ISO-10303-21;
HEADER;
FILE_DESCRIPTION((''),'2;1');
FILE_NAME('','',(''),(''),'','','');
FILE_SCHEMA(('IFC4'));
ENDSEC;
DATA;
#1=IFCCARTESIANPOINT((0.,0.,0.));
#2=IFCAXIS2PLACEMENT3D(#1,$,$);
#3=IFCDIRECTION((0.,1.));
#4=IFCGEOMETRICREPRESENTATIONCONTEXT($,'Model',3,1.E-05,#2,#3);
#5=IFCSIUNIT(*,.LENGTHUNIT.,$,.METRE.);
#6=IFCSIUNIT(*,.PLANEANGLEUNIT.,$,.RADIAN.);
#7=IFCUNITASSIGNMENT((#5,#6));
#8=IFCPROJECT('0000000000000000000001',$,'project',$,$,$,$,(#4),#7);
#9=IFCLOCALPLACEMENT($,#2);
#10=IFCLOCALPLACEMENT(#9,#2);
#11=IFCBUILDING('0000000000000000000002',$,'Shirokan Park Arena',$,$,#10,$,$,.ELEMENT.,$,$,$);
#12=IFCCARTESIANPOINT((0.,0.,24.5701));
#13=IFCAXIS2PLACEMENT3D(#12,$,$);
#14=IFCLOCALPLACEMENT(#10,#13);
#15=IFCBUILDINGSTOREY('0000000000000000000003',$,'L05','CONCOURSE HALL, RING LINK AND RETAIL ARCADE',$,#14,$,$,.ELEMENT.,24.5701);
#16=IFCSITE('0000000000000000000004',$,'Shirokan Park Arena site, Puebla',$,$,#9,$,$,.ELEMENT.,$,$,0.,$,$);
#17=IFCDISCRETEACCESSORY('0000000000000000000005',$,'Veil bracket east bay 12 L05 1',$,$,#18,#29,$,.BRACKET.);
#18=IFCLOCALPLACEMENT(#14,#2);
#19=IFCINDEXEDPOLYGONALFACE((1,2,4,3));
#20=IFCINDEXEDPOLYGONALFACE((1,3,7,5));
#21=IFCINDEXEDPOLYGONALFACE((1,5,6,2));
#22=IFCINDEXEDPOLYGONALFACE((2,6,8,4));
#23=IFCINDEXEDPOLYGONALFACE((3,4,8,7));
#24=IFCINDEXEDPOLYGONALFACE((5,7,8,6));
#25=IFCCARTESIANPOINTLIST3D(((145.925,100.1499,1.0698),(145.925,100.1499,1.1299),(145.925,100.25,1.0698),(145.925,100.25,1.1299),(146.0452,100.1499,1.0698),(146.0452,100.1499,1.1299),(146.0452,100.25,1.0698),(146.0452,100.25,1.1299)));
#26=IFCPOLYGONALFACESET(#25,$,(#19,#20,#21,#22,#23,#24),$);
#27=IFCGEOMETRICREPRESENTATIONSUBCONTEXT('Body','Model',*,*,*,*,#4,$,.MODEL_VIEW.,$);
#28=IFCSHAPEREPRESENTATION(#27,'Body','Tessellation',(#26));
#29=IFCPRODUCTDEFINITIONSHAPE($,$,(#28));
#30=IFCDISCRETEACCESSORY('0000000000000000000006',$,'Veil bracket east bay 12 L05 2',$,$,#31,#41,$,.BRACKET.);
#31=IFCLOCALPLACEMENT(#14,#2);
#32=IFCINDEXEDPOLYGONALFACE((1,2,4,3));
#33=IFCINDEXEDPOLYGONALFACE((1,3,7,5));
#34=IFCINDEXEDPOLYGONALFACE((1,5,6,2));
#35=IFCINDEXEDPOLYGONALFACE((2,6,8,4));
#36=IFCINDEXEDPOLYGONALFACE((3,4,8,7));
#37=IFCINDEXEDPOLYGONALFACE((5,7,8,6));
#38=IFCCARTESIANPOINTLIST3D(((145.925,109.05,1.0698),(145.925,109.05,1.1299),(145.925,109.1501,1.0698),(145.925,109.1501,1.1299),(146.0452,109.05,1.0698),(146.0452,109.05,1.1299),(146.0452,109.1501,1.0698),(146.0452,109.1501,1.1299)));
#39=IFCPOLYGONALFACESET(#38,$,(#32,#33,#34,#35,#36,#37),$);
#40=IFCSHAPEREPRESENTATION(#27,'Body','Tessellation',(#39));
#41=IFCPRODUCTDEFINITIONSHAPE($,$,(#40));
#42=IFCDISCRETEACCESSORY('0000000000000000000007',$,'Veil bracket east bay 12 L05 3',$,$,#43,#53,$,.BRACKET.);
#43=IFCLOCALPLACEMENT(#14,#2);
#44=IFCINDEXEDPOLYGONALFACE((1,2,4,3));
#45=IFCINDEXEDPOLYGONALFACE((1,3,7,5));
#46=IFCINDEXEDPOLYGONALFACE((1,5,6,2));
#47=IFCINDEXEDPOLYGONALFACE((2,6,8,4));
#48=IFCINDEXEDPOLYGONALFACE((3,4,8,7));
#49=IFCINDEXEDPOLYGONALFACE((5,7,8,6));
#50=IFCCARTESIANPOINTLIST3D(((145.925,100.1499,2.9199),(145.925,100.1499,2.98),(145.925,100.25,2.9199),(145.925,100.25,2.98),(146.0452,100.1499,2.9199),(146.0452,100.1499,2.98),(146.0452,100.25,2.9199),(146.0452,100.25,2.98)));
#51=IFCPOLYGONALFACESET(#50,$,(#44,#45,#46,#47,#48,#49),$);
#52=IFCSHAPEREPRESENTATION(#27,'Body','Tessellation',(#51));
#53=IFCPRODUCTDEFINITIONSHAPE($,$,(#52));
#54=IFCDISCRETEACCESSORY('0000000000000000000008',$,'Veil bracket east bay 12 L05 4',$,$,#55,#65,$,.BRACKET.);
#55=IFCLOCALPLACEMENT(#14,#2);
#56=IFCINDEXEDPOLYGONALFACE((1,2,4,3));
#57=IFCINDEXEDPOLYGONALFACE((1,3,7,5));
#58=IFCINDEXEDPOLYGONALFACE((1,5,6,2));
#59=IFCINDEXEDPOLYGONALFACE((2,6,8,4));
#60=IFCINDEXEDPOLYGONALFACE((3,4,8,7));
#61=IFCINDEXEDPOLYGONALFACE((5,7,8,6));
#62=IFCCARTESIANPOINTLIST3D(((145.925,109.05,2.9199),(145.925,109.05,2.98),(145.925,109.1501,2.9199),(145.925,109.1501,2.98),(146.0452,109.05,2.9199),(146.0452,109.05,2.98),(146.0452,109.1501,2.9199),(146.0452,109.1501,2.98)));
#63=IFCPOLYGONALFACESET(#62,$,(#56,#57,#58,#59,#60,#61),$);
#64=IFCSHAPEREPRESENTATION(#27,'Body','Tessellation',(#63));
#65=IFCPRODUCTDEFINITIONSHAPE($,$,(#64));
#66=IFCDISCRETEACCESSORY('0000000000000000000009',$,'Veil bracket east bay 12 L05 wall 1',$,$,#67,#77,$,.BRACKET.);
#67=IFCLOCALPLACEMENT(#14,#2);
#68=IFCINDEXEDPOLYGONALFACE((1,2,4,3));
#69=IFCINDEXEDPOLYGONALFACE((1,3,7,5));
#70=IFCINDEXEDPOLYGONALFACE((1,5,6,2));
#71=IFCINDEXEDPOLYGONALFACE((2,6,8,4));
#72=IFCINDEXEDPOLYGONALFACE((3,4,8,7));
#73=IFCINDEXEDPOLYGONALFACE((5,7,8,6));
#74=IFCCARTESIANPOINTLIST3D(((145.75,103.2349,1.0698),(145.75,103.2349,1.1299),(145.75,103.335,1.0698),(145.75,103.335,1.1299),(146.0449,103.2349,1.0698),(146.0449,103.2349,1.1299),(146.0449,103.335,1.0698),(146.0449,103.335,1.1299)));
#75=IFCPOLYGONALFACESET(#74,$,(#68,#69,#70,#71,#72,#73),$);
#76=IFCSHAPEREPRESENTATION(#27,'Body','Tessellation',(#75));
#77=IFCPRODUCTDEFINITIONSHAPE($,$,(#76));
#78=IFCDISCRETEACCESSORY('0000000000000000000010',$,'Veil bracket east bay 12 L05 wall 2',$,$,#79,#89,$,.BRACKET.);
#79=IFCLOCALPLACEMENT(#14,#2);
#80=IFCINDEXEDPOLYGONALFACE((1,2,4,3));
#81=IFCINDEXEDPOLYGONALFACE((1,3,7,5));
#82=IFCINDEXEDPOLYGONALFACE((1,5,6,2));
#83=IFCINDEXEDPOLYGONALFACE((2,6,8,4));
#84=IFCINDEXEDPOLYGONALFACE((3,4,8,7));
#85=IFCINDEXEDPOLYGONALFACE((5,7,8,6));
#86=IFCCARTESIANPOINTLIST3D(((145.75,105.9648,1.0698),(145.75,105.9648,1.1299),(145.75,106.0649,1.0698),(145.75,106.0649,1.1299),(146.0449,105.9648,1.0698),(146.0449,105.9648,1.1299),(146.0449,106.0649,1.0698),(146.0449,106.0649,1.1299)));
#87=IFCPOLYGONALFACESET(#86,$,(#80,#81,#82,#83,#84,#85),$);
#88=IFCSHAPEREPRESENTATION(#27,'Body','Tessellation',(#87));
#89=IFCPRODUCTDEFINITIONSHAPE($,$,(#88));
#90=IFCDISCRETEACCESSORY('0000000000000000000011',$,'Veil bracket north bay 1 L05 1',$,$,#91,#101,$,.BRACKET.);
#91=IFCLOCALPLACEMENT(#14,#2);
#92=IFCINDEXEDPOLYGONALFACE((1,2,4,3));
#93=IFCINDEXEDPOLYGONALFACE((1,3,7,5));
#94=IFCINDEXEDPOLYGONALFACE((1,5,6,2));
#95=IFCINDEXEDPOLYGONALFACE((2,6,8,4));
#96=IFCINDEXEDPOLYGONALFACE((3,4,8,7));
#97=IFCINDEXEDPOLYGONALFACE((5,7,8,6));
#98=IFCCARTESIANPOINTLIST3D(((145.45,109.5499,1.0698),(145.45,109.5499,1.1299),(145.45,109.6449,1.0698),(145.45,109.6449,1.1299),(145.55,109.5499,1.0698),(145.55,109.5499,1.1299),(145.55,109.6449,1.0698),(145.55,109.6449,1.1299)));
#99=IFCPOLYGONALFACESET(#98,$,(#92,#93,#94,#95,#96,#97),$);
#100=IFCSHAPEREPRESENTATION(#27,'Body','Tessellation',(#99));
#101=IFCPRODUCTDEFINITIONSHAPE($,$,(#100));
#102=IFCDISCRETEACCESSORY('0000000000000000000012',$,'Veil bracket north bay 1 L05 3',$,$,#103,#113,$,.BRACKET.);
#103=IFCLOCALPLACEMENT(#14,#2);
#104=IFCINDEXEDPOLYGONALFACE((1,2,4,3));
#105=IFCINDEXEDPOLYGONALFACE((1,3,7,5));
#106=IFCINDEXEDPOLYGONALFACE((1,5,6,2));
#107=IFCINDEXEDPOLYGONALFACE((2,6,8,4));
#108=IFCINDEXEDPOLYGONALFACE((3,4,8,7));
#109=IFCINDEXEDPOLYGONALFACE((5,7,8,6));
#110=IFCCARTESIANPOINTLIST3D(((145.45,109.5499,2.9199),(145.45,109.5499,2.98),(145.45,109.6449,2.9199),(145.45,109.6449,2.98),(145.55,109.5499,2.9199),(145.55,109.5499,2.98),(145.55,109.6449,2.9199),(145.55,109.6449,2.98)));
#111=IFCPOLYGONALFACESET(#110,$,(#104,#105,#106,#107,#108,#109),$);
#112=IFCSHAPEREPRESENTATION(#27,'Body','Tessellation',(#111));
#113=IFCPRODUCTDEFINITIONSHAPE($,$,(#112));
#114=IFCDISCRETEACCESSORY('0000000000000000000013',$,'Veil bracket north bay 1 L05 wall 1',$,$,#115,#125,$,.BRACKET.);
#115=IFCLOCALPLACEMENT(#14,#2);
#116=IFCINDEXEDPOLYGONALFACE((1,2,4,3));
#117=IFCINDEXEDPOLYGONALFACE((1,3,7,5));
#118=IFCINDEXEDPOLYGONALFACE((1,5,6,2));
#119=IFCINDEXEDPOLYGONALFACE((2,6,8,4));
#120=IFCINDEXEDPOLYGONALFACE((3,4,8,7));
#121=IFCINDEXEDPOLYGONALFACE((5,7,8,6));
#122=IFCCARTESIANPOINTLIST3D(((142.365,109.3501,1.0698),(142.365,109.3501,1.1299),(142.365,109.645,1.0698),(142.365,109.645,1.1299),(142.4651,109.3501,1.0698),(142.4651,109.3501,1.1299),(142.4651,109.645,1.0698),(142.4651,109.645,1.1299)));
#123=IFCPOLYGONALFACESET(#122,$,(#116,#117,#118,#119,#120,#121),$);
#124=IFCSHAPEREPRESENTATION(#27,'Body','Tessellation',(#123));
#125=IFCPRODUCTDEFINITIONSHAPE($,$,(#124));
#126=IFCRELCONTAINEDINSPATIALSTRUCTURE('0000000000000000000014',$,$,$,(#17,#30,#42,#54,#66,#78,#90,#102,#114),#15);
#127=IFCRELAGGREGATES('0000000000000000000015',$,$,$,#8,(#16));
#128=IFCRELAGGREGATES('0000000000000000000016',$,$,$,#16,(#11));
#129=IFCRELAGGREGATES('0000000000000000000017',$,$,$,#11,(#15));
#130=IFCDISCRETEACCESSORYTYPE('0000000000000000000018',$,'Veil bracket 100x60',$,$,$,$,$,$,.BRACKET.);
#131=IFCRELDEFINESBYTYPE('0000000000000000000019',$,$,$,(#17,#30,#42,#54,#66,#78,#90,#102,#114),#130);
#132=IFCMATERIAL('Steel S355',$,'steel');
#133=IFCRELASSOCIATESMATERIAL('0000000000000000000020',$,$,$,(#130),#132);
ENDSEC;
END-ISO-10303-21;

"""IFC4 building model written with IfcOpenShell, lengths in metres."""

from ifc_helpers import new_model, si_unit, direction, frame, origin, origin_2d, place, context, subcontext, project, spatial, rectangle, extrude, material, type_object, element, save


model = new_model("IFC4")

# Units and contexts
model_context = context("Model", 3, precision=1e-05, world=origin(), true_north=direction((0.0, 1.0)))
body_context = subcontext(model_context, "Body", "Model", "MODEL_VIEW")
ifc_project = project(units=[si_unit("LENGTHUNIT", "METRE"), si_unit("PLANEANGLEUNIT", "RADIAN")], contexts=[model_context])

# Site, building, storey
site_placement = place(None, origin())
site = spatial("IfcSite", under=ifc_project, at=site_placement, Name="Shirokan Park Arena site, Puebla", CompositionType="ELEMENT", RefElevation=0.0)
building_placement = place(site_placement, origin())
building = spatial("IfcBuilding", under=site, at=building_placement, Name="Shirokan Park Arena", CompositionType="ELEMENT")
storey_placement = place(building_placement, frame((0.0, 0.0, 24.5701)))
storey = spatial("IfcBuildingStorey", under=building, at=storey_placement, Name="L05", Description="CONCOURSE HALL, RING LINK AND RETAIL ARCADE", CompositionType="ELEMENT", Elevation=24.5701)

# Discrete accessories
ifc_material_1 = material(Name="Steel S355", Category="steel")
discrete_accessory_type = type_object("IfcDiscreteAccessoryType", Name="Veil bracket 100x60", PredefinedType="BRACKET", material=ifc_material_1)
for number, where, z_axis, x_axis, name in (
    (1, (145.9851, 100.2, 1.0698), (0.0, 0.0, 1.0), (0.0, 1.0, 0.0), "Veil bracket east bay 12 L05 1"),
    (2, (145.9851, 109.1001, 1.0698), (0.0, 0.0, 1.0), (0.0, 1.0, 0.0), "Veil bracket east bay 12 L05 2"),
    (3, (145.9851, 100.2, 2.9199), (0.0, 0.0, 1.0), (0.0, 1.0, 0.0), "Veil bracket east bay 12 L05 3"),
    (4, (145.9851, 109.1001, 2.9199), (0.0, 0.0, 1.0), (0.0, 1.0, 0.0), "Veil bracket east bay 12 L05 4"),
):
    element("IfcDiscreteAccessory", number, at=place(storey_placement, frame(where, z_axis=z_axis, x_axis=x_axis)), inside=storey, type_object=discrete_accessory_type, Name=name, PredefinedType="BRACKET", context=body_context, shape_type="SweptSolid", body=[
        extrude(rectangle(XDim=0.1001, YDim=0.1201, at=origin_2d()), origin(), (0.0, 0.0, 1.0), 0.0601),
    ])
for number, where, z_axis, x_axis, name in (
    (5, (145.8975, 103.2849, 1.0698), (0.0, 0.0, 1.0), (0.0, 1.0, 0.0), "Veil bracket east bay 12 L05 wall 1"),
    (6, (145.8975, 106.0149, 1.0698), (0.0, 0.0, 1.0), (0.0, 1.0, 0.0), "Veil bracket east bay 12 L05 wall 2"),
):
    element("IfcDiscreteAccessory", number, at=place(storey_placement, frame(where, z_axis=z_axis, x_axis=x_axis)), inside=storey, type_object=discrete_accessory_type, Name=name, PredefinedType="BRACKET", context=body_context, shape_type="SweptSolid", body=[
        extrude(rectangle(XDim=0.1001, YDim=0.2949, at=origin_2d()), origin(), (0.0, 0.0, 1.0), 0.0601),
    ])
for number, where, z_axis, x_axis, name in (
    (7, (145.5, 109.5974, 1.0698), (0.0, 0.0, 1.0), (-1.0, 0.0, 0.0), "Veil bracket north bay 1 L05 1"),
    (8, (145.5, 109.5974, 2.9199), (0.0, 0.0, 1.0), (-1.0, 0.0, 0.0), "Veil bracket north bay 1 L05 3"),
):
    element("IfcDiscreteAccessory", number, at=place(storey_placement, frame(where, z_axis=z_axis, x_axis=x_axis)), inside=storey, type_object=discrete_accessory_type, Name=name, PredefinedType="BRACKET", context=body_context, shape_type="SweptSolid", body=[
        extrude(rectangle(XDim=0.1001, YDim=0.095, at=origin_2d()), origin(), (0.0, 0.0, 1.0), 0.0601),
    ])
discrete_accessory_placement = place(storey_placement, frame((142.415, 109.4976, 1.0698), z_axis=(0.0, 0.0, 1.0), x_axis=(-1.0, 0.0, 0.0)))
element("IfcDiscreteAccessory", 9, at=discrete_accessory_placement, inside=storey, type_object=discrete_accessory_type, Name="Veil bracket north bay 1 L05 wall 1", PredefinedType="BRACKET", context=body_context, shape_type="SweptSolid", body=[
    extrude(rectangle(XDim=0.1001, YDim=0.2949, at=origin_2d()), origin(), (0.0, 0.0, 1.0), 0.0601),
])

save(model, "model.ifc")
